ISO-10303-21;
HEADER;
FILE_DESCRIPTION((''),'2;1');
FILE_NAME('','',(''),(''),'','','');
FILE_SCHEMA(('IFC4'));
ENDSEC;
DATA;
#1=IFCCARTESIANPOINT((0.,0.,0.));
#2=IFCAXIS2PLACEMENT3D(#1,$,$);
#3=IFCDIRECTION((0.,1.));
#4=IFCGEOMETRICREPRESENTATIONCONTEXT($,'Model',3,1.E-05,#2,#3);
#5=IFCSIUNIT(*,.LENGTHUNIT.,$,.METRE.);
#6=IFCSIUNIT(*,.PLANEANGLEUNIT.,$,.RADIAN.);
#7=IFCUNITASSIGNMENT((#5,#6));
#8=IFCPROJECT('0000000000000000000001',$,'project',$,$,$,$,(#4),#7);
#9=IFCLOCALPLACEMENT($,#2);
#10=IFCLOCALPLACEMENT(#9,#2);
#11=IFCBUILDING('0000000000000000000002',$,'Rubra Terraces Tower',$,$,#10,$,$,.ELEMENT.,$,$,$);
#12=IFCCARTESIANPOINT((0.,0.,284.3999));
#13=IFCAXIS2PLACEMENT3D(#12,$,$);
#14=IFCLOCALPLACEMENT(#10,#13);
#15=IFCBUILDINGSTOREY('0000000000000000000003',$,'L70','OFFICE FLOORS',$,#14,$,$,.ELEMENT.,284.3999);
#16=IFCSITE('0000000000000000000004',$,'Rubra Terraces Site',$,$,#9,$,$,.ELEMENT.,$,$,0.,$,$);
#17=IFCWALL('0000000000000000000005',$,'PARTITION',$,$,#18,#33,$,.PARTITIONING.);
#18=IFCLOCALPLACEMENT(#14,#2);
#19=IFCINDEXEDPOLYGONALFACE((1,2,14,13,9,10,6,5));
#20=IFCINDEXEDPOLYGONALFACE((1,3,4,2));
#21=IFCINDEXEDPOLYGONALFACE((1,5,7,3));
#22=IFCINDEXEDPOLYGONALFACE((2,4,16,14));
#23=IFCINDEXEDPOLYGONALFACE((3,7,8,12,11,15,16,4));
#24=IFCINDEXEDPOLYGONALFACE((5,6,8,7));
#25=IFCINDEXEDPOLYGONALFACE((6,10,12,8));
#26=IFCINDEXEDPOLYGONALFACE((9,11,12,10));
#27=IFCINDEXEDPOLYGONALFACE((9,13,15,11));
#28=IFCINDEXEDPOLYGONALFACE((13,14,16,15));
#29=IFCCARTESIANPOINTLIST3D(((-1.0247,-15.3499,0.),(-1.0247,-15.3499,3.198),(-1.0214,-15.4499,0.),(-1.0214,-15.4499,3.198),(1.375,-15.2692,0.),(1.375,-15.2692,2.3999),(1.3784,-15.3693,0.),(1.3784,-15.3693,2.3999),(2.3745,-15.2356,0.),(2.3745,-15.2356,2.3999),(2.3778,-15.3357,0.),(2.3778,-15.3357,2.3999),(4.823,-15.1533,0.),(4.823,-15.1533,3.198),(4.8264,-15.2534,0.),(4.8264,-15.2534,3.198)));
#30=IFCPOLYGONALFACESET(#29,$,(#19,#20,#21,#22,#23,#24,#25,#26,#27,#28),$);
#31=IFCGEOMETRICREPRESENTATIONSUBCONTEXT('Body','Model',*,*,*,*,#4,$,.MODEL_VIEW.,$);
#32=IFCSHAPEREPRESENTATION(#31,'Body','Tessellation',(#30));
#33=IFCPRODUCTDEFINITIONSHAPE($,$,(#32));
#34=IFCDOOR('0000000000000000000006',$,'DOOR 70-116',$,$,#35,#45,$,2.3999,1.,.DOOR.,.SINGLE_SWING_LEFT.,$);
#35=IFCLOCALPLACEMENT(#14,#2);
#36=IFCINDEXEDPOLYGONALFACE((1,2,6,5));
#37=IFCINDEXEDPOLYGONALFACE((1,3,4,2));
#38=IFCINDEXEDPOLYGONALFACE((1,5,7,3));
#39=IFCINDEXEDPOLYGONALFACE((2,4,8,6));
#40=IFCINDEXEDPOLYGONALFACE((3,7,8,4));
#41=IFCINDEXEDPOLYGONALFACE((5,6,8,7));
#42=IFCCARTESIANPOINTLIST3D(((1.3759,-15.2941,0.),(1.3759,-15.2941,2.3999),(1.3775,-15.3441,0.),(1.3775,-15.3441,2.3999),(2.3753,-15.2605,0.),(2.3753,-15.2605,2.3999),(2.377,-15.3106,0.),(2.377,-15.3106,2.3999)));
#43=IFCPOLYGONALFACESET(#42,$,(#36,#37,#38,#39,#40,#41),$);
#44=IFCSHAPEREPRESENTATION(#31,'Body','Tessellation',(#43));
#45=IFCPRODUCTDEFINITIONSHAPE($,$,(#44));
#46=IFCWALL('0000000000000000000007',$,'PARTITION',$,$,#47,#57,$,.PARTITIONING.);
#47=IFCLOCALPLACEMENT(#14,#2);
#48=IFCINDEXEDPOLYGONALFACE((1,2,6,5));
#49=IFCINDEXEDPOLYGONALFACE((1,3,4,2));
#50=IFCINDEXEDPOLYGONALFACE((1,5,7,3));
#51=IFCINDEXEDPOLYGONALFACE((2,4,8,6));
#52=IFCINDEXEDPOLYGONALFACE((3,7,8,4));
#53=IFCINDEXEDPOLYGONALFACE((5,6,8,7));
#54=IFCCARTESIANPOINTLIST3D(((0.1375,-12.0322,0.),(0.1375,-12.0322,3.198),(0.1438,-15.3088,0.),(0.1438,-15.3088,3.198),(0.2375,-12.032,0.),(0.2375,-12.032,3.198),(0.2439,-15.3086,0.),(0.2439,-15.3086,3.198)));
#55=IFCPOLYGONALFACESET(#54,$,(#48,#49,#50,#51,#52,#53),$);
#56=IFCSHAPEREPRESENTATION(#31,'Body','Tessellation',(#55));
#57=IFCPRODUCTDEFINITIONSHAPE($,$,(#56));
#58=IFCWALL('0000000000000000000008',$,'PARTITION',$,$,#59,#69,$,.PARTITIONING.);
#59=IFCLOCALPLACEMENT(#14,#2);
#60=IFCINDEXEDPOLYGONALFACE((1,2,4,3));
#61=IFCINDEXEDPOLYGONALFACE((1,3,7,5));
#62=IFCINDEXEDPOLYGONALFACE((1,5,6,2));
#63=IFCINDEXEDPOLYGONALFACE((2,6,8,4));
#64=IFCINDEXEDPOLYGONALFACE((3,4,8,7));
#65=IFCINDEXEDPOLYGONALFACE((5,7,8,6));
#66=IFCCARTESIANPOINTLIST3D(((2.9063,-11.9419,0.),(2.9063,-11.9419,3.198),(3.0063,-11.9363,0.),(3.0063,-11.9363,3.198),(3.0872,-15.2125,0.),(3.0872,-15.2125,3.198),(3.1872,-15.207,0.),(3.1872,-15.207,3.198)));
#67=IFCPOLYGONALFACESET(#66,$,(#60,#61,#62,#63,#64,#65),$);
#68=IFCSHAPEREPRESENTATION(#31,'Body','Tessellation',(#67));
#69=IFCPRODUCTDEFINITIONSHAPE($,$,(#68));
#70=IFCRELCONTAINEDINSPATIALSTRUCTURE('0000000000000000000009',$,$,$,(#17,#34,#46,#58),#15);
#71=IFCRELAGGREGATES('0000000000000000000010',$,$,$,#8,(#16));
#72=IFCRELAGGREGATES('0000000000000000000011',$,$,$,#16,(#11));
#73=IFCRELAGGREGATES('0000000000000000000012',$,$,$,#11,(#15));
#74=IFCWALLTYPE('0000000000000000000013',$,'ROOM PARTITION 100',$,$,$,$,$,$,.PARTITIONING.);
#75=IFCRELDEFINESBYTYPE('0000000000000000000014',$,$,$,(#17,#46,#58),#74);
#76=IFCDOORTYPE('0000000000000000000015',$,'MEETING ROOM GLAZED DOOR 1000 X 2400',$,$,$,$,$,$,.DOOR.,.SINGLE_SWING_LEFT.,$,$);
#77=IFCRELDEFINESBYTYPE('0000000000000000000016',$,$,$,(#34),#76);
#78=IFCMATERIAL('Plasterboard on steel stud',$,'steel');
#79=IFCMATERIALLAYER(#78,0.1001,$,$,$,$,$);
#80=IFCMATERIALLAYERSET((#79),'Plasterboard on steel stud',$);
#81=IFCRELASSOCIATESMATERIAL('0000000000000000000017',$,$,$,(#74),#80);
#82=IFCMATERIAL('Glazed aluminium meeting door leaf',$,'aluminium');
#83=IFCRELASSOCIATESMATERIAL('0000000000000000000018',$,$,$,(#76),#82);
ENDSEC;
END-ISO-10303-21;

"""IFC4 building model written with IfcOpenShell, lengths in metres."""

from ifc_helpers import new_model, si_unit, direction, frame, frame_2d, origin, place, context, subcontext, project, spatial, rectangle, extrude, material, layer, layer_set, type_object, element, fill, save


model = new_model("IFC4")

# Units and contexts
model_context = context("Model", 3, precision=1e-05, world=origin(), true_north=direction((0.0, 1.0)))
body_context = subcontext(model_context, "Body", "Model", "MODEL_VIEW")
ifc_project = project(units=[si_unit("LENGTHUNIT", "METRE"), si_unit("PLANEANGLEUNIT", "RADIAN")], contexts=[model_context])

# Site, building, storey
site_placement = place(None, origin())
site = spatial("IfcSite", under=ifc_project, at=site_placement, Name="Rubra Terraces Site", CompositionType="ELEMENT", RefElevation=0.0)
building_placement = place(site_placement, origin())
building = spatial("IfcBuilding", under=site, at=building_placement, Name="Rubra Terraces Tower", CompositionType="ELEMENT")
storey_placement = place(building_placement, frame((0.0, 0.0, 284.3999)))
storey = spatial("IfcBuildingStorey", under=building, at=storey_placement, Name="L70", Description="OFFICE FLOORS", CompositionType="ELEMENT", Elevation=284.3999)

# Shared definitions
ifc_material_1 = material(Name="Plasterboard on steel stud", Category="steel")
ifc_layer_1 = layer(ifc_material_1, 0.1001)
ifc_layer_set_1 = layer_set([ifc_layer_1], Name="Plasterboard on steel stud")
wall_type_1 = type_object("IfcWallType", Name="ROOM PARTITION 100", PredefinedType="PARTITIONING", material=ifc_layer_set_1)

# Wall, opening, door
wall_1_placement = place(storey_placement, frame((4.8247, -15.2034, 0.0), z_axis=(0.0, 0.0, 1.0), x_axis=(-0.999436, -0.03359, 0.0)))
wall_1 = element("IfcWall", 1, at=wall_1_placement, inside=storey, type_object=wall_type_1, Name="PARTITION", PredefinedType="PARTITIONING", context=body_context, shape_type="SweptSolid", body=[
    extrude(rectangle(XDim=5.8511, YDim=0.1001, at=frame_2d((2.9255, 0.0))), origin(), (0.0, 0.0, 1.0), 3.198),
])
opening_1_placement = place(wall_1_placement, frame((2.45, 0.0, 0.0)))
opening_1 = element("IfcOpeningElement", 2, at=opening_1_placement, cuts=wall_1, PredefinedType="OPENING", context=body_context, shape_type="SweptSolid", body=[
    extrude(rectangle(XDim=1.0, YDim=2.3999, at=frame_2d((0.5, 1.2))), frame((0.0, 0.0601, 0.0), z_axis=(0.0, -1.0, 0.0), x_axis=(1.0, 0.0, 0.0)), (0.0, 0.0, 1.0), 0.1201),
])
ifc_material_2 = material(Name="Glazed aluminium meeting door leaf", Category="aluminium")
door_type_1 = type_object("IfcDoorType", Name="MEETING ROOM GLAZED DOOR 1000 X 2400", OperationType="SINGLE_SWING_LEFT", PredefinedType="DOOR", material=ifc_material_2)
door_1_placement = place(opening_1_placement, origin())
door_1 = element("IfcDoor", 3, at=door_1_placement, inside=storey, type_object=door_type_1, Name="DOOR 70-116", OperationType="SINGLE_SWING_LEFT", OverallHeight=2.3999, OverallWidth=1.0, PredefinedType="DOOR", context=body_context, shape_type="SweptSolid", body=[
    extrude(rectangle(XDim=1.0, YDim=2.3999, at=frame_2d((0.5, 1.2))), frame((0.0, 0.0249, 0.0), z_axis=(0.0, -1.0, 0.0), x_axis=(1.0, 0.0, 0.0)), (0.0, 0.0, 1.0), 0.05),
])
fill(opening_1, door_1)

# Walls
wall_2_placement = place(storey_placement, frame((0.1875, -12.0322, 0.0), z_axis=(0.0, 0.0, 1.0), x_axis=(0.001937, -0.999998, 0.0)))
element("IfcWall", 4, at=wall_2_placement, inside=storey, type_object=wall_type_1, Name="PARTITION", PredefinedType="PARTITIONING", context=body_context, shape_type="SweptSolid", body=[
    extrude(rectangle(XDim=3.2766, YDim=0.1001, at=frame_2d((1.6382, 0.0))), origin(), (0.0, 0.0, 1.0), 3.198),
])
wall_3_placement = place(storey_placement, frame((2.9563, -11.9392, 0.0), z_axis=(0.0, 0.0, 1.0), x_axis=(0.055226, -0.998474, 0.0)))
element("IfcWall", 5, at=wall_3_placement, inside=storey, type_object=wall_type_1, Name="PARTITION", PredefinedType="PARTITIONING", context=body_context, shape_type="SweptSolid", body=[
    extrude(rectangle(XDim=3.2756, YDim=0.1001, at=frame_2d((1.6377, 0.0))), origin(), (0.0, 0.0, 1.0), 3.198),
])

save(model, "model.ifc")
